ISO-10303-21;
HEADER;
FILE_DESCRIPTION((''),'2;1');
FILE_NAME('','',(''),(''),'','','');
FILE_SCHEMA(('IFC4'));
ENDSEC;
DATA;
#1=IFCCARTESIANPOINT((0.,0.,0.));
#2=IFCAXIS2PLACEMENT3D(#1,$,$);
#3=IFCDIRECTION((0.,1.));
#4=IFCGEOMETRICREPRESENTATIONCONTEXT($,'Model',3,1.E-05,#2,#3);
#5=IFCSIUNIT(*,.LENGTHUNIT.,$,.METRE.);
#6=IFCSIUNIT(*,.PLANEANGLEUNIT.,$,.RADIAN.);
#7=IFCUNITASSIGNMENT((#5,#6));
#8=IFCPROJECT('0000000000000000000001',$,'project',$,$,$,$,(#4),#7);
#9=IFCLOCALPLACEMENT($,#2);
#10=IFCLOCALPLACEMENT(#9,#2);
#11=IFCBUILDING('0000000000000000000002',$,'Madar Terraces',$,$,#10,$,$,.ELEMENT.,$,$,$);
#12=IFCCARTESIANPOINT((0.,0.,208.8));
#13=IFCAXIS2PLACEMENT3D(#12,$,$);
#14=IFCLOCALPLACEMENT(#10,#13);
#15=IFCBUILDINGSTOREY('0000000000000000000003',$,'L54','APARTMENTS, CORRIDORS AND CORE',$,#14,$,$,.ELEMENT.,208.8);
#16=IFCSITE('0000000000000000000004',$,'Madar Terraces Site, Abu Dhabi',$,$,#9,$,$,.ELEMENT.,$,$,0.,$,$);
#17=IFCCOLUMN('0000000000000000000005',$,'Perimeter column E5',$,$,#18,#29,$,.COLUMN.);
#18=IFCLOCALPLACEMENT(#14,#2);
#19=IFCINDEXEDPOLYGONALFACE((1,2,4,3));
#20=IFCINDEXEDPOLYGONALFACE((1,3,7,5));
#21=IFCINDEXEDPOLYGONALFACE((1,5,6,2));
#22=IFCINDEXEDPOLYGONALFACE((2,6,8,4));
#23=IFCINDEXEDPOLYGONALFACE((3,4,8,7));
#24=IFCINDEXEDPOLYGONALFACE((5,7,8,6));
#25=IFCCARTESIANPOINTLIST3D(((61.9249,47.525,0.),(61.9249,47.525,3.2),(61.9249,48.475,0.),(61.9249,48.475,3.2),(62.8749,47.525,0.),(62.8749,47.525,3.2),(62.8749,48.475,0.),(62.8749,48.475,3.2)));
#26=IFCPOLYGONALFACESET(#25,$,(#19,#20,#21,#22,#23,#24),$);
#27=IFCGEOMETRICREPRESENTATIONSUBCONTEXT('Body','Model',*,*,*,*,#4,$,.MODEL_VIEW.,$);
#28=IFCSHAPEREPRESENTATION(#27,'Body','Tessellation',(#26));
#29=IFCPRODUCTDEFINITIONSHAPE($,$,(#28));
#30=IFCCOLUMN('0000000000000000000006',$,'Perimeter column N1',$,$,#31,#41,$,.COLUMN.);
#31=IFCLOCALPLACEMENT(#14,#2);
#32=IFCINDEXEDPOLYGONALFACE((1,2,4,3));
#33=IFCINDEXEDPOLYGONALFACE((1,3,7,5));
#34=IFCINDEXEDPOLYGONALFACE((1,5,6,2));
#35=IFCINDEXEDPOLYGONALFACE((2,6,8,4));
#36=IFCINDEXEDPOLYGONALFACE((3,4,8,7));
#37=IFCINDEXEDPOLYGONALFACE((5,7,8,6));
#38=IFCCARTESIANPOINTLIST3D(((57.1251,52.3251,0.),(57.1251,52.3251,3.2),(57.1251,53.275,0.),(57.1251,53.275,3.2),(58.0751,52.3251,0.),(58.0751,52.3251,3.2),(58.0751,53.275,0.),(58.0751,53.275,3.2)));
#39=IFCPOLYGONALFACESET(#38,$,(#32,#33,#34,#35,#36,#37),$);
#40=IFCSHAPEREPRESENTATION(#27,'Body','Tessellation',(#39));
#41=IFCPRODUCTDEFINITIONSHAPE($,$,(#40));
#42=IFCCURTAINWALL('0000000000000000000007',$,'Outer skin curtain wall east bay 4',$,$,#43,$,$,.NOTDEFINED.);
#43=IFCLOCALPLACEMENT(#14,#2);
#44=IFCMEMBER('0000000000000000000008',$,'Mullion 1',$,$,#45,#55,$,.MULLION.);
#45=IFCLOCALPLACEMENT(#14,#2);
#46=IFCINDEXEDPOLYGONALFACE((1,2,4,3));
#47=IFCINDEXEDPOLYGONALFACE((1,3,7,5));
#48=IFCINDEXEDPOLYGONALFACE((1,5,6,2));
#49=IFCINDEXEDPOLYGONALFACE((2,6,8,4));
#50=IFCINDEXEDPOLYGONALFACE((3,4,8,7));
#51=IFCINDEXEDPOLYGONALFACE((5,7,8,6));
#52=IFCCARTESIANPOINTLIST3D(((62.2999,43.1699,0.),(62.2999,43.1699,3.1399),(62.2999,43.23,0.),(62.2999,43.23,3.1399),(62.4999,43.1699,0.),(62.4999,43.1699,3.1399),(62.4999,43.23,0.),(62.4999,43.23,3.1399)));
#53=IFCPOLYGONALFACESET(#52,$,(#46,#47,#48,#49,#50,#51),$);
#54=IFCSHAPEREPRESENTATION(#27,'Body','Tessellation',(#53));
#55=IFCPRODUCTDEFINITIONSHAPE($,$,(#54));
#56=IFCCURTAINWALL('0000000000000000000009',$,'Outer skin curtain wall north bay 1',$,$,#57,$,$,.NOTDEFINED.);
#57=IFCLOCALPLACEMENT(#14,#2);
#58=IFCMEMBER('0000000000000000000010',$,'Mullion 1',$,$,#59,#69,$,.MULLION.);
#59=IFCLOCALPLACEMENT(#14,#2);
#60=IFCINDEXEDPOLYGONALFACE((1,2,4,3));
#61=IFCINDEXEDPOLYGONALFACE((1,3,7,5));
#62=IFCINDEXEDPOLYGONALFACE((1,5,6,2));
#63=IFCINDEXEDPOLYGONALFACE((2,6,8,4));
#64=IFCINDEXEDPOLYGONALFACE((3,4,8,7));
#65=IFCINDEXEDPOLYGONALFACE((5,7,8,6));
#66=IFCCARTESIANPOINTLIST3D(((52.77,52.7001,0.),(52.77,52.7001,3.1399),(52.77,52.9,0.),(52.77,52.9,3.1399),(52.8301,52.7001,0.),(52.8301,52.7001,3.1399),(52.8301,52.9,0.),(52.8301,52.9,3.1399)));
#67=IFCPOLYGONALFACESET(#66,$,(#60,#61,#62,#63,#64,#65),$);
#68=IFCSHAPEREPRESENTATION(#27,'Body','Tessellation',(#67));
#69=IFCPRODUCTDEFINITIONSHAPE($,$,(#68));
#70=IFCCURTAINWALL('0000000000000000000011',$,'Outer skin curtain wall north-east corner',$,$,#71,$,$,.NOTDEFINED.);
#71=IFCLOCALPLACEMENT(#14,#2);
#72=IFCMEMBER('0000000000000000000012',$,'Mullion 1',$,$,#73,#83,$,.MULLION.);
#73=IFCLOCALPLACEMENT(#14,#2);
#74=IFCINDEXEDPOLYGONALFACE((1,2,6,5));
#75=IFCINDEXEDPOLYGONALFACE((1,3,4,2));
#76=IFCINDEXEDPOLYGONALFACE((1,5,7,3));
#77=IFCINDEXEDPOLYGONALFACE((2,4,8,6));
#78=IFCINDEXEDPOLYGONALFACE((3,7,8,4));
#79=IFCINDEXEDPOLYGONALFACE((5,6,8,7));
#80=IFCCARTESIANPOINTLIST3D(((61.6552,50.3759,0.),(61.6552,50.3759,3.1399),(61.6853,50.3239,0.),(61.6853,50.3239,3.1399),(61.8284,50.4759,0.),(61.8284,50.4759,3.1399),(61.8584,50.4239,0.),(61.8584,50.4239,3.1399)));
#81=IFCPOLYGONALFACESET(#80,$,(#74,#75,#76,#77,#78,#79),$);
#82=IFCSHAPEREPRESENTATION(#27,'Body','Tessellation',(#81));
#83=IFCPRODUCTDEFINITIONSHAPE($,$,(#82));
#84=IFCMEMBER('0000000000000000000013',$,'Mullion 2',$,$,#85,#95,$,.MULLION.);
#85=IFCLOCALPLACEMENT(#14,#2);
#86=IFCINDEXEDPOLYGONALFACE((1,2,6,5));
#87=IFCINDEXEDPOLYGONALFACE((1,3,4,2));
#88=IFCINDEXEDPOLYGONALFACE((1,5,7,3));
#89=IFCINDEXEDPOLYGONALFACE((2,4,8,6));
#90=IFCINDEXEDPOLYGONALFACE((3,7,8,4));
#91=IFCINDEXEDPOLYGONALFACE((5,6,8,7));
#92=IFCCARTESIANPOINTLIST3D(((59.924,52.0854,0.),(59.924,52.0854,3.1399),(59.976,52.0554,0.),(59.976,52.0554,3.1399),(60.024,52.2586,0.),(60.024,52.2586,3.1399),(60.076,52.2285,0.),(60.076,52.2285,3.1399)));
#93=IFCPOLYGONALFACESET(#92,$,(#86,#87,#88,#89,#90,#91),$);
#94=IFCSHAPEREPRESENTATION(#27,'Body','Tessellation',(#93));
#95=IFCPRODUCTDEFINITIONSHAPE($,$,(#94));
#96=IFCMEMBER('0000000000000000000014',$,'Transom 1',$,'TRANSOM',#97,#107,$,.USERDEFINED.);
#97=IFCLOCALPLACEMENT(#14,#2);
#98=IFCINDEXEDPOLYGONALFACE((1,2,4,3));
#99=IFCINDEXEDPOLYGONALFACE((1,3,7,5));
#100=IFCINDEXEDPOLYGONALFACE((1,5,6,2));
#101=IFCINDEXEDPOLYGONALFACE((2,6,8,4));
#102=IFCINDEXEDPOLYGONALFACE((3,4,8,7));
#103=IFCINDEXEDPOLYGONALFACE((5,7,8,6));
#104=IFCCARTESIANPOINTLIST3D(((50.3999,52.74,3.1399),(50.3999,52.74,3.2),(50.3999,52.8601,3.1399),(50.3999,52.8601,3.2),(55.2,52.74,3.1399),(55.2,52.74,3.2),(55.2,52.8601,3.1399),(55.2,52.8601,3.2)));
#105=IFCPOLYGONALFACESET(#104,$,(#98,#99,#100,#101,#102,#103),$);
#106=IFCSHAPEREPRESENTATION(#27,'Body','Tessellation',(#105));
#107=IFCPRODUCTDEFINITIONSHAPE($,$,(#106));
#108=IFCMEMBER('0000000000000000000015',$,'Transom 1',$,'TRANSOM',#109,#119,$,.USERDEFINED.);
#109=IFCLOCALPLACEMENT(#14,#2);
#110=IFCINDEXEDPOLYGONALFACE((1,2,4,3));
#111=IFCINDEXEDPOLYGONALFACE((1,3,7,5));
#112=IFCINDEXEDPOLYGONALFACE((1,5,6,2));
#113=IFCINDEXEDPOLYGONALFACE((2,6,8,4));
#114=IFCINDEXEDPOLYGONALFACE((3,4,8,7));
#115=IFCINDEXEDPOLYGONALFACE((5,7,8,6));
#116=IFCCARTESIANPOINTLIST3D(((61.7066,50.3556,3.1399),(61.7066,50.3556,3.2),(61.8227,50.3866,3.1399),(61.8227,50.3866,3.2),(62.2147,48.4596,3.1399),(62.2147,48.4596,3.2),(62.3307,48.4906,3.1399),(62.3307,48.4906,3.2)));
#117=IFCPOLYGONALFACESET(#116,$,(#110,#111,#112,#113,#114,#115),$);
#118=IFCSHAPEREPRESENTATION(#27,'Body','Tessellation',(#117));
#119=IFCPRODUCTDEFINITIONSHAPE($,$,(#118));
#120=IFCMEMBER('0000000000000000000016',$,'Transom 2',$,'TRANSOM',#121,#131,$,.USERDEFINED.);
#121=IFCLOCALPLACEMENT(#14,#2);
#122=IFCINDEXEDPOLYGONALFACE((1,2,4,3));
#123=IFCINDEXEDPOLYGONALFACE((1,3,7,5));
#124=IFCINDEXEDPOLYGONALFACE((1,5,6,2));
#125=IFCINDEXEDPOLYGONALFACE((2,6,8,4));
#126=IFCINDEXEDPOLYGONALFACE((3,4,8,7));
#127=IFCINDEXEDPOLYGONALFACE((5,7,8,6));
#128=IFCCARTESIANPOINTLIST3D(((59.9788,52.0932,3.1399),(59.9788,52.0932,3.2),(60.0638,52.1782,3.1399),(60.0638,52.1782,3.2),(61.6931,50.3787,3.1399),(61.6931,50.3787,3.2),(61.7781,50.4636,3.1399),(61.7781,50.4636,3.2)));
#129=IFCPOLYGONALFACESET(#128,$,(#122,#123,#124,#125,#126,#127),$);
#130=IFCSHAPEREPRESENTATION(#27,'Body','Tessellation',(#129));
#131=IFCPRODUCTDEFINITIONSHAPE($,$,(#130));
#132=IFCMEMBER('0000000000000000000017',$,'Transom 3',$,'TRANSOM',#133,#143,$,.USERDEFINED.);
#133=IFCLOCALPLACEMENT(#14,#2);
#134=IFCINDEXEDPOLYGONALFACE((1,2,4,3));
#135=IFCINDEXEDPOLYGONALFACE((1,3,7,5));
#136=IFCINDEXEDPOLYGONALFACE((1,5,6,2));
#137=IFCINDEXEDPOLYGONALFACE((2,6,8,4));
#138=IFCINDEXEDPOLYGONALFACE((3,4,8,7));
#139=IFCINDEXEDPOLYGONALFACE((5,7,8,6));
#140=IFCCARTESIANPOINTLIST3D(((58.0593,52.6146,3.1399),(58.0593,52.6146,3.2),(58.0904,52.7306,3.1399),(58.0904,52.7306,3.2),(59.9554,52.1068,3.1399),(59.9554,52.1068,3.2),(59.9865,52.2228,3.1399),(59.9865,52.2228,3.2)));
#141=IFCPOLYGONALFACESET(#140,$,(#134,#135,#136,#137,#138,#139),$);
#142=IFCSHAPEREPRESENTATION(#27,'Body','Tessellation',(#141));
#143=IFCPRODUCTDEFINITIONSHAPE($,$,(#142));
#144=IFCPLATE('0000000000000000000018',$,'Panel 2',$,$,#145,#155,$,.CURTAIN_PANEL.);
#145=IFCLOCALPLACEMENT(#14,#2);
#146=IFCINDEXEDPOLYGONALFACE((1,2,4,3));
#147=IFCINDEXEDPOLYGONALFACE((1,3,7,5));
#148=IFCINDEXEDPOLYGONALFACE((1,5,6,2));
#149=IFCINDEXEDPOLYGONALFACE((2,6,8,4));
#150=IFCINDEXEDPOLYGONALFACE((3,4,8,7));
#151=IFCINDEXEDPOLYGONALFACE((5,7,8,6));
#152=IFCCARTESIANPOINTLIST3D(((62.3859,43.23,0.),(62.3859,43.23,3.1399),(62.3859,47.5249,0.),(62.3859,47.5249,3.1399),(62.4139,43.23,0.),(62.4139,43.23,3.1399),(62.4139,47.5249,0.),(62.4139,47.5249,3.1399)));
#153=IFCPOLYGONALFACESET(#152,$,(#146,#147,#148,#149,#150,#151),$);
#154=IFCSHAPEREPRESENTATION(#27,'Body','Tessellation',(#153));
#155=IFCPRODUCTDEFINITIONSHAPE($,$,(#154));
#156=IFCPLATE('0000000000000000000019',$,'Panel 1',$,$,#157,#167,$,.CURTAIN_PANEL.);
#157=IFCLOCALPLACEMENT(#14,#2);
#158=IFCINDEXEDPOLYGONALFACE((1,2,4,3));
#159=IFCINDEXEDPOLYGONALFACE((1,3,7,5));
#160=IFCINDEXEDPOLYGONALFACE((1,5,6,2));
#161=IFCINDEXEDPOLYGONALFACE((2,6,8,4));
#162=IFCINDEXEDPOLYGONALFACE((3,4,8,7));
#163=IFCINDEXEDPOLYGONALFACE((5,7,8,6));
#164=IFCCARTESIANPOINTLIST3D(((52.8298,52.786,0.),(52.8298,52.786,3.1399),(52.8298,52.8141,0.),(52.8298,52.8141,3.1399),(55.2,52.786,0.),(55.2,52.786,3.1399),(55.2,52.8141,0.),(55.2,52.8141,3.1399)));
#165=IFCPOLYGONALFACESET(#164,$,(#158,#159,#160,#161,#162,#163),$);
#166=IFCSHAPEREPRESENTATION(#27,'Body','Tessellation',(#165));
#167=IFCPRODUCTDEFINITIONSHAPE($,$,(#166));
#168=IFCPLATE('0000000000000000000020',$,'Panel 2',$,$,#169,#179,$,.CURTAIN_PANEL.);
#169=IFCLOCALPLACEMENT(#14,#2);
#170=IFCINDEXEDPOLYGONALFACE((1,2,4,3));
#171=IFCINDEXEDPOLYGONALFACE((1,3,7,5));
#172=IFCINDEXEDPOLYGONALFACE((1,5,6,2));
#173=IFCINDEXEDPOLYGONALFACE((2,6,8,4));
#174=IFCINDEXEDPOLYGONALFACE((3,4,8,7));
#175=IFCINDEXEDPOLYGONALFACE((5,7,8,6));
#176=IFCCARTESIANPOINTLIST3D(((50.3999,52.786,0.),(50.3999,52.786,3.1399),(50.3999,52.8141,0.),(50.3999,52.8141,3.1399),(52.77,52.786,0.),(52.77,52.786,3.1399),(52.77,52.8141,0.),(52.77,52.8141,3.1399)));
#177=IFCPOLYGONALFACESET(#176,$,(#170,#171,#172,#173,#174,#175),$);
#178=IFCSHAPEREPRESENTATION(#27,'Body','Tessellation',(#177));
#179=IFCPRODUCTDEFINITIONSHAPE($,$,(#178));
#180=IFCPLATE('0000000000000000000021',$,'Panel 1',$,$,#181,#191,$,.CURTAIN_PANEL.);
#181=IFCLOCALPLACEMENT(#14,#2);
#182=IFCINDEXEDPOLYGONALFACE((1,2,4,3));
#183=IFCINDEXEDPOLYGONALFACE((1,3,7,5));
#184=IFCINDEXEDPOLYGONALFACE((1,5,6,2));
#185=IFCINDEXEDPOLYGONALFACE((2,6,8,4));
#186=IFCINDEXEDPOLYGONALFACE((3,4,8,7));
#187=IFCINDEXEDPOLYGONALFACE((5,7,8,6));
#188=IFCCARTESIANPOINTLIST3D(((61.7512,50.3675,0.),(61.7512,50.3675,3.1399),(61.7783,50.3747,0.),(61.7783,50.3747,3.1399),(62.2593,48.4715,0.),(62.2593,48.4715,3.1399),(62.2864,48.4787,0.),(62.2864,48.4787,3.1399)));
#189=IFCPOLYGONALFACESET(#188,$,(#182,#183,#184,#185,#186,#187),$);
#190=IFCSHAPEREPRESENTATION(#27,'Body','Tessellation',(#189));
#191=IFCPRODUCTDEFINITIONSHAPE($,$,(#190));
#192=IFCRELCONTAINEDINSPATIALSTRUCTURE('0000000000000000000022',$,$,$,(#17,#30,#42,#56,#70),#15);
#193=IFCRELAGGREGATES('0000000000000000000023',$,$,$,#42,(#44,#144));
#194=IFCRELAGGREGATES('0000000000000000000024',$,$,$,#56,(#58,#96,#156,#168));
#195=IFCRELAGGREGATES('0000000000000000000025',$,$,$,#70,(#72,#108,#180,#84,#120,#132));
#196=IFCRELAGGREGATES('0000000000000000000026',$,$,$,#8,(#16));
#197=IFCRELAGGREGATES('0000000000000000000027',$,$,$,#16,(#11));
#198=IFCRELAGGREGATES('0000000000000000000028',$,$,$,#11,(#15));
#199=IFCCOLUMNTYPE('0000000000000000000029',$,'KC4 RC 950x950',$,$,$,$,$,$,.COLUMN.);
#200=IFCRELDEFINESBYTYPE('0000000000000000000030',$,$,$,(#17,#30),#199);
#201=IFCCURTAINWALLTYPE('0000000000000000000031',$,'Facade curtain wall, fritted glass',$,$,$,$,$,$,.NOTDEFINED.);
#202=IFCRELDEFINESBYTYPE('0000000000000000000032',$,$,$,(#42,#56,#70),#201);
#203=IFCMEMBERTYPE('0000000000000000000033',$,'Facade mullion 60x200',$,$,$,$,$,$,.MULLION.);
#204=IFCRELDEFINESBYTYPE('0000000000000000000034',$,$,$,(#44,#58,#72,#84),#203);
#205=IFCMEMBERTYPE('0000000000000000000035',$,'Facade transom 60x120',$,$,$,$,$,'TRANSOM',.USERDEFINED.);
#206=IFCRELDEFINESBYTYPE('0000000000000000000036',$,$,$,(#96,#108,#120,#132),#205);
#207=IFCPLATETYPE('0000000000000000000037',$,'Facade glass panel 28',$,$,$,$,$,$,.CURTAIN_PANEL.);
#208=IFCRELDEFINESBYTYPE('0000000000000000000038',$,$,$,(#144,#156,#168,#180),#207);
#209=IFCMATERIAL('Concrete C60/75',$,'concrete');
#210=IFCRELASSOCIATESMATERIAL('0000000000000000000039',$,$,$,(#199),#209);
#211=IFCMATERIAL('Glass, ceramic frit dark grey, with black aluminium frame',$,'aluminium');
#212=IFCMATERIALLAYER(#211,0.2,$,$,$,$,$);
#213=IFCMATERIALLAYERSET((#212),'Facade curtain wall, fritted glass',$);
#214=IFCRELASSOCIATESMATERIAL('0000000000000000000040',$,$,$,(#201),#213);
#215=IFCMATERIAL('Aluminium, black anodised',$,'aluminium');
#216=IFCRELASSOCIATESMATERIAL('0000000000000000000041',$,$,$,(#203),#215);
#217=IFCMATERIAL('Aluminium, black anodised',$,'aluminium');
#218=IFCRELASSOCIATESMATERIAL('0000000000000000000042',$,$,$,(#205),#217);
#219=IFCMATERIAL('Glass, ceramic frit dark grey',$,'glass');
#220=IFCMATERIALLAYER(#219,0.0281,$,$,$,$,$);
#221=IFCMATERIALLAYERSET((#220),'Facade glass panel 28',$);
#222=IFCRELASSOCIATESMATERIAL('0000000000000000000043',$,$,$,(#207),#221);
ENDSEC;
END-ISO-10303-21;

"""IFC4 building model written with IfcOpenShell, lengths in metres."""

from ifc_helpers import new_model, si_unit, direction, frame, origin, origin_2d, place, context, subcontext, project, spatial, rectangle, extrude, material, layer, layer_set, material_profile, profile_set, type_object, element, aggregate, save


model = new_model("IFC4")

# Units and contexts
model_context = context("Model", 3, precision=1e-05, world=origin(), true_north=direction((0.0, 1.0)))
body_context = subcontext(model_context, "Body", "Model", "MODEL_VIEW")
ifc_project = project(units=[si_unit("LENGTHUNIT", "METRE"), si_unit("PLANEANGLEUNIT", "RADIAN")], contexts=[model_context])

# Site, building, storey
site_placement = place(None, origin())
site = spatial("IfcSite", under=ifc_project, at=site_placement, Name="Madar Terraces Site, Abu Dhabi", CompositionType="ELEMENT", RefElevation=0.0)
building_placement = place(site_placement, origin())
building = spatial("IfcBuilding", under=site, at=building_placement, Name="Madar Terraces", CompositionType="ELEMENT")
storey_placement = place(building_placement, frame((0.0, 0.0, 208.8)))
storey = spatial("IfcBuildingStorey", under=building, at=storey_placement, Name="L54", Description="APARTMENTS, CORRIDORS AND CORE", CompositionType="ELEMENT", Elevation=208.8)

# Columns
ifc_material_1 = material(Name="Concrete C60/75", Category="concrete")
ifc_material_profile_1 = material_profile(ifc_material_1, rectangle(XDim=0.95, YDim=0.95, at=origin_2d()), Name="KC4 RC 950x950")
ifc_profile_set_1 = profile_set([ifc_material_profile_1], Name="Concrete C60/75")
column_type = type_object("IfcColumnType", Name="KC4 RC 950x950", PredefinedType="COLUMN", material=ifc_profile_set_1)
for number, where, z_axis, x_axis, name in (
    (1, (62.3999, 48.0, 0.0), (0.0, 0.0, 1.0), (1.0, 0.0, 0.0), "Perimeter column E5"),
    (2, (57.6001, 52.8, 0.0), (0.0, 0.0, 1.0), (1.0, 0.0, 0.0), "Perimeter column N1"),
):
    element("IfcColumn", number, at=place(storey_placement, frame(where, z_axis=z_axis, x_axis=x_axis)), inside=storey, type_object=column_type, Name=name, PredefinedType="COLUMN", context=body_context, shape_type="SweptSolid", body=[
        extrude(rectangle(XDim=0.95, YDim=0.95, at=origin_2d()), origin(), (0.0, 0.0, 1.0), 3.2),
    ])

# Curtain walls, members
ifc_material_2 = material(Name="Glass, ceramic frit dark grey, with black aluminium frame", Category="aluminium")
ifc_layer_1 = layer(ifc_material_2, 0.2)
ifc_layer_set_1 = layer_set([ifc_layer_1], Name="Facade curtain wall, fritted glass")
curtain_wall_type = type_object("IfcCurtainWallType", Name="Facade curtain wall, fritted glass", PredefinedType="NOTDEFINED", material=ifc_layer_set_1)
curtain_wall_1_placement = place(storey_placement, origin())
curtain_wall_1 = element("IfcCurtainWall", 3, at=curtain_wall_1_placement, inside=storey, type_object=curtain_wall_type, Name="Outer skin curtain wall east bay 4", PredefinedType="NOTDEFINED")
ifc_material_3 = material(Name="Aluminium, black anodised", Category="aluminium")
ifc_material_profile_2 = material_profile(ifc_material_3, rectangle(XDim=0.2, YDim=0.0601, at=origin_2d()), Name="Facade mullion 60x200")
ifc_profile_set_2 = profile_set([ifc_material_profile_2], Name="Aluminium, black anodised")
member_type_1 = type_object("IfcMemberType", Name="Facade mullion 60x200", PredefinedType="MULLION", material=ifc_profile_set_2)
member_1_placement = place(storey_placement, frame((62.3999, 43.2, 0.0), z_axis=(0.0, 0.0, 1.0), x_axis=(-1.0, 0.0, 0.0)))
member_1 = element("IfcMember", 4, at=member_1_placement, type_object=member_type_1, Name="Mullion 1", PredefinedType="MULLION", context=body_context, shape_type="SweptSolid", body=[
    extrude(rectangle(XDim=0.2, YDim=0.0601, at=origin_2d()), origin(), (0.0, 0.0, 1.0), 3.1399),
])
curtain_wall_2_placement = place(storey_placement, origin())
curtain_wall_2 = element("IfcCurtainWall", 5, at=curtain_wall_2_placement, inside=storey, type_object=curtain_wall_type, Name="Outer skin curtain wall north bay 1", PredefinedType="NOTDEFINED")
member_2_placement = place(storey_placement, frame((52.8, 52.8, 0.0), z_axis=(0.0, 0.0, 1.0), x_axis=(0.0, -1.0, 0.0)))
member_2 = element("IfcMember", 6, at=member_2_placement, type_object=member_type_1, Name="Mullion 1", PredefinedType="MULLION", context=body_context, shape_type="SweptSolid", body=[
    extrude(rectangle(XDim=0.2, YDim=0.0601, at=origin_2d()), origin(), (0.0, 0.0, 1.0), 3.1399),
])

# Curtain wall, members
curtain_wall_3_placement = place(storey_placement, origin())
curtain_wall_3 = element("IfcCurtainWall", 7, at=curtain_wall_3_placement, inside=storey, type_object=curtain_wall_type, Name="Outer skin curtain wall north-east corner", PredefinedType="NOTDEFINED")
member_3_placement = place(storey_placement, frame((61.7568, 50.3999, 0.0), z_axis=(0.0, 0.0, 1.0), x_axis=(-0.866025, -0.5, 0.0)))
member_3 = element("IfcMember", 8, at=member_3_placement, type_object=member_type_1, Name="Mullion 1", PredefinedType="MULLION", context=body_context, shape_type="SweptSolid", body=[
    extrude(rectangle(XDim=0.2, YDim=0.0601, at=origin_2d()), origin(), (0.0, 0.0, 1.0), 3.1399),
])
member_4_placement = place(storey_placement, frame((60.0, 52.157, 0.0), z_axis=(0.0, 0.0, 1.0), x_axis=(-0.5, -0.866025, 0.0)))
member_4 = element("IfcMember", 9, at=member_4_placement, type_object=member_type_1, Name="Mullion 2", PredefinedType="MULLION", context=body_context, shape_type="SweptSolid", body=[
    extrude(rectangle(XDim=0.2, YDim=0.0601, at=origin_2d()), origin(), (0.0, 0.0, 1.0), 3.1399),
])

# Members
ifc_material_4 = material(Name="Aluminium, black anodised", Category="aluminium")
ifc_material_profile_3 = material_profile(ifc_material_4, rectangle(XDim=0.1201, YDim=0.0601, at=origin_2d()), Name="Facade transom 60x120")
ifc_profile_set_3 = profile_set([ifc_material_profile_3], Name="Aluminium, black anodised")
member_type_2 = type_object("IfcMemberType", Name="Facade transom 60x120", ElementType="TRANSOM", PredefinedType="USERDEFINED", material=ifc_profile_set_3)
member_5_placement = place(storey_placement, frame((55.2, 52.8, 3.1699), z_axis=(-1.0, 0.0, 0.0), x_axis=(0.0, -1.0, 0.0)))
member_5 = element("IfcMember", 10, at=member_5_placement, type_object=member_type_2, Name="Transom 1", ObjectType="TRANSOM", PredefinedType="USERDEFINED", context=body_context, shape_type="SweptSolid", body=[
    extrude(rectangle(XDim=0.1201, YDim=0.0601, at=origin_2d()), origin(), (0.0, 0.0, 1.0), 4.8),
])
member_6_placement = place(storey_placement, frame((62.2727, 48.4751, 3.1699), z_axis=(-0.258831, 0.965923, 0.0), x_axis=(-0.965923, -0.258831, 0.0)))
member_6 = element("IfcMember", 11, at=member_6_placement, type_object=member_type_2, Name="Transom 1", ObjectType="TRANSOM", PredefinedType="USERDEFINED", context=body_context, shape_type="SweptSolid", body=[
    extrude(rectangle(XDim=0.1201, YDim=0.0601, at=origin_2d()), origin(), (0.0, 0.0, 1.0), 1.9629),
])
member_7_placement = place(storey_placement, frame((61.7356, 50.4211, 3.1699), z_axis=(-0.707056, 0.707157, 0.0), x_axis=(-0.707157, -0.707056, 0.0)))
member_7 = element("IfcMember", 12, at=member_7_placement, type_object=member_type_2, Name="Transom 2", ObjectType="TRANSOM", PredefinedType="USERDEFINED", context=body_context, shape_type="SweptSolid", body=[
    extrude(rectangle(XDim=0.1201, YDim=0.0601, at=origin_2d()), origin(), (0.0, 0.0, 1.0), 2.4246),
])
member_8_placement = place(storey_placement, frame((59.9709, 52.1648, 3.1699), z_axis=(-0.965954, 0.258715, 0.0), x_axis=(-0.258715, -0.965954, 0.0)))
member_8 = element("IfcMember", 13, at=member_8_placement, type_object=member_type_2, Name="Transom 3", ObjectType="TRANSOM", PredefinedType="USERDEFINED", context=body_context, shape_type="SweptSolid", body=[
    extrude(rectangle(XDim=0.1201, YDim=0.0601, at=origin_2d()), origin(), (0.0, 0.0, 1.0), 1.9629),
])

# Plates
ifc_material_5 = material(Name="Glass, ceramic frit dark grey", Category="glass")
ifc_layer_2 = layer(ifc_material_5, 0.0281)
ifc_layer_set_2 = layer_set([ifc_layer_2], Name="Facade glass panel 28")
plate_type = type_object("IfcPlateType", Name="Facade glass panel 28", PredefinedType="CURTAIN_PANEL", material=ifc_layer_set_2)
plate_1_placement = place(storey_placement, frame((62.3999, 45.3774, 0.0), z_axis=(0.0, 0.0, 1.0), x_axis=(0.0, 1.0, 0.0)))
plate_1 = element("IfcPlate", 14, at=plate_1_placement, type_object=plate_type, Name="Panel 2", PredefinedType="CURTAIN_PANEL", context=body_context, shape_type="SweptSolid", body=[
    extrude(rectangle(XDim=4.2949, YDim=0.0281, at=origin_2d()), origin(), (0.0, 0.0, 1.0), 3.1399),
])
aggregate(curtain_wall_1, [member_1, plate_1])
plate_2_placement = place(storey_placement, frame((54.0149, 52.8, 0.0), z_axis=(0.0, 0.0, 1.0), x_axis=(-1.0, 0.0, 0.0)))
plate_2 = element("IfcPlate", 15, at=plate_2_placement, type_object=plate_type, Name="Panel 1", PredefinedType="CURTAIN_PANEL", context=body_context, shape_type="SweptSolid", body=[
    extrude(rectangle(XDim=2.3701, YDim=0.0281, at=origin_2d()), origin(), (0.0, 0.0, 1.0), 3.1399),
])
plate_3_placement = place(storey_placement, frame((51.585, 52.8, 0.0), z_axis=(0.0, 0.0, 1.0), x_axis=(-1.0, 0.0, 0.0)))
plate_3 = element("IfcPlate", 16, at=plate_3_placement, type_object=plate_type, Name="Panel 2", PredefinedType="CURTAIN_PANEL", context=body_context, shape_type="SweptSolid", body=[
    extrude(rectangle(XDim=2.3701, YDim=0.0281, at=origin_2d()), origin(), (0.0, 0.0, 1.0), 3.1399),
])
aggregate(curtain_wall_2, [member_2, member_5, plate_2, plate_3])
plate_4_placement = place(storey_placement, frame((62.0188, 49.4231, 0.0), z_axis=(0.0, 0.0, 1.0), x_axis=(-0.258819, 0.965926, 0.0)))
plate_4 = element("IfcPlate", 17, at=plate_4_placement, type_object=plate_type, Name="Panel 1", PredefinedType="CURTAIN_PANEL", context=body_context, shape_type="SweptSolid", body=[
    extrude(rectangle(XDim=1.9629, YDim=0.0281, at=origin_2d()), origin(), (0.0, 0.0, 1.0), 3.1399),
])
aggregate(curtain_wall_3, [member_3, member_6, plate_4, member_4, member_7, member_8])

save(model, "model.ifc")
